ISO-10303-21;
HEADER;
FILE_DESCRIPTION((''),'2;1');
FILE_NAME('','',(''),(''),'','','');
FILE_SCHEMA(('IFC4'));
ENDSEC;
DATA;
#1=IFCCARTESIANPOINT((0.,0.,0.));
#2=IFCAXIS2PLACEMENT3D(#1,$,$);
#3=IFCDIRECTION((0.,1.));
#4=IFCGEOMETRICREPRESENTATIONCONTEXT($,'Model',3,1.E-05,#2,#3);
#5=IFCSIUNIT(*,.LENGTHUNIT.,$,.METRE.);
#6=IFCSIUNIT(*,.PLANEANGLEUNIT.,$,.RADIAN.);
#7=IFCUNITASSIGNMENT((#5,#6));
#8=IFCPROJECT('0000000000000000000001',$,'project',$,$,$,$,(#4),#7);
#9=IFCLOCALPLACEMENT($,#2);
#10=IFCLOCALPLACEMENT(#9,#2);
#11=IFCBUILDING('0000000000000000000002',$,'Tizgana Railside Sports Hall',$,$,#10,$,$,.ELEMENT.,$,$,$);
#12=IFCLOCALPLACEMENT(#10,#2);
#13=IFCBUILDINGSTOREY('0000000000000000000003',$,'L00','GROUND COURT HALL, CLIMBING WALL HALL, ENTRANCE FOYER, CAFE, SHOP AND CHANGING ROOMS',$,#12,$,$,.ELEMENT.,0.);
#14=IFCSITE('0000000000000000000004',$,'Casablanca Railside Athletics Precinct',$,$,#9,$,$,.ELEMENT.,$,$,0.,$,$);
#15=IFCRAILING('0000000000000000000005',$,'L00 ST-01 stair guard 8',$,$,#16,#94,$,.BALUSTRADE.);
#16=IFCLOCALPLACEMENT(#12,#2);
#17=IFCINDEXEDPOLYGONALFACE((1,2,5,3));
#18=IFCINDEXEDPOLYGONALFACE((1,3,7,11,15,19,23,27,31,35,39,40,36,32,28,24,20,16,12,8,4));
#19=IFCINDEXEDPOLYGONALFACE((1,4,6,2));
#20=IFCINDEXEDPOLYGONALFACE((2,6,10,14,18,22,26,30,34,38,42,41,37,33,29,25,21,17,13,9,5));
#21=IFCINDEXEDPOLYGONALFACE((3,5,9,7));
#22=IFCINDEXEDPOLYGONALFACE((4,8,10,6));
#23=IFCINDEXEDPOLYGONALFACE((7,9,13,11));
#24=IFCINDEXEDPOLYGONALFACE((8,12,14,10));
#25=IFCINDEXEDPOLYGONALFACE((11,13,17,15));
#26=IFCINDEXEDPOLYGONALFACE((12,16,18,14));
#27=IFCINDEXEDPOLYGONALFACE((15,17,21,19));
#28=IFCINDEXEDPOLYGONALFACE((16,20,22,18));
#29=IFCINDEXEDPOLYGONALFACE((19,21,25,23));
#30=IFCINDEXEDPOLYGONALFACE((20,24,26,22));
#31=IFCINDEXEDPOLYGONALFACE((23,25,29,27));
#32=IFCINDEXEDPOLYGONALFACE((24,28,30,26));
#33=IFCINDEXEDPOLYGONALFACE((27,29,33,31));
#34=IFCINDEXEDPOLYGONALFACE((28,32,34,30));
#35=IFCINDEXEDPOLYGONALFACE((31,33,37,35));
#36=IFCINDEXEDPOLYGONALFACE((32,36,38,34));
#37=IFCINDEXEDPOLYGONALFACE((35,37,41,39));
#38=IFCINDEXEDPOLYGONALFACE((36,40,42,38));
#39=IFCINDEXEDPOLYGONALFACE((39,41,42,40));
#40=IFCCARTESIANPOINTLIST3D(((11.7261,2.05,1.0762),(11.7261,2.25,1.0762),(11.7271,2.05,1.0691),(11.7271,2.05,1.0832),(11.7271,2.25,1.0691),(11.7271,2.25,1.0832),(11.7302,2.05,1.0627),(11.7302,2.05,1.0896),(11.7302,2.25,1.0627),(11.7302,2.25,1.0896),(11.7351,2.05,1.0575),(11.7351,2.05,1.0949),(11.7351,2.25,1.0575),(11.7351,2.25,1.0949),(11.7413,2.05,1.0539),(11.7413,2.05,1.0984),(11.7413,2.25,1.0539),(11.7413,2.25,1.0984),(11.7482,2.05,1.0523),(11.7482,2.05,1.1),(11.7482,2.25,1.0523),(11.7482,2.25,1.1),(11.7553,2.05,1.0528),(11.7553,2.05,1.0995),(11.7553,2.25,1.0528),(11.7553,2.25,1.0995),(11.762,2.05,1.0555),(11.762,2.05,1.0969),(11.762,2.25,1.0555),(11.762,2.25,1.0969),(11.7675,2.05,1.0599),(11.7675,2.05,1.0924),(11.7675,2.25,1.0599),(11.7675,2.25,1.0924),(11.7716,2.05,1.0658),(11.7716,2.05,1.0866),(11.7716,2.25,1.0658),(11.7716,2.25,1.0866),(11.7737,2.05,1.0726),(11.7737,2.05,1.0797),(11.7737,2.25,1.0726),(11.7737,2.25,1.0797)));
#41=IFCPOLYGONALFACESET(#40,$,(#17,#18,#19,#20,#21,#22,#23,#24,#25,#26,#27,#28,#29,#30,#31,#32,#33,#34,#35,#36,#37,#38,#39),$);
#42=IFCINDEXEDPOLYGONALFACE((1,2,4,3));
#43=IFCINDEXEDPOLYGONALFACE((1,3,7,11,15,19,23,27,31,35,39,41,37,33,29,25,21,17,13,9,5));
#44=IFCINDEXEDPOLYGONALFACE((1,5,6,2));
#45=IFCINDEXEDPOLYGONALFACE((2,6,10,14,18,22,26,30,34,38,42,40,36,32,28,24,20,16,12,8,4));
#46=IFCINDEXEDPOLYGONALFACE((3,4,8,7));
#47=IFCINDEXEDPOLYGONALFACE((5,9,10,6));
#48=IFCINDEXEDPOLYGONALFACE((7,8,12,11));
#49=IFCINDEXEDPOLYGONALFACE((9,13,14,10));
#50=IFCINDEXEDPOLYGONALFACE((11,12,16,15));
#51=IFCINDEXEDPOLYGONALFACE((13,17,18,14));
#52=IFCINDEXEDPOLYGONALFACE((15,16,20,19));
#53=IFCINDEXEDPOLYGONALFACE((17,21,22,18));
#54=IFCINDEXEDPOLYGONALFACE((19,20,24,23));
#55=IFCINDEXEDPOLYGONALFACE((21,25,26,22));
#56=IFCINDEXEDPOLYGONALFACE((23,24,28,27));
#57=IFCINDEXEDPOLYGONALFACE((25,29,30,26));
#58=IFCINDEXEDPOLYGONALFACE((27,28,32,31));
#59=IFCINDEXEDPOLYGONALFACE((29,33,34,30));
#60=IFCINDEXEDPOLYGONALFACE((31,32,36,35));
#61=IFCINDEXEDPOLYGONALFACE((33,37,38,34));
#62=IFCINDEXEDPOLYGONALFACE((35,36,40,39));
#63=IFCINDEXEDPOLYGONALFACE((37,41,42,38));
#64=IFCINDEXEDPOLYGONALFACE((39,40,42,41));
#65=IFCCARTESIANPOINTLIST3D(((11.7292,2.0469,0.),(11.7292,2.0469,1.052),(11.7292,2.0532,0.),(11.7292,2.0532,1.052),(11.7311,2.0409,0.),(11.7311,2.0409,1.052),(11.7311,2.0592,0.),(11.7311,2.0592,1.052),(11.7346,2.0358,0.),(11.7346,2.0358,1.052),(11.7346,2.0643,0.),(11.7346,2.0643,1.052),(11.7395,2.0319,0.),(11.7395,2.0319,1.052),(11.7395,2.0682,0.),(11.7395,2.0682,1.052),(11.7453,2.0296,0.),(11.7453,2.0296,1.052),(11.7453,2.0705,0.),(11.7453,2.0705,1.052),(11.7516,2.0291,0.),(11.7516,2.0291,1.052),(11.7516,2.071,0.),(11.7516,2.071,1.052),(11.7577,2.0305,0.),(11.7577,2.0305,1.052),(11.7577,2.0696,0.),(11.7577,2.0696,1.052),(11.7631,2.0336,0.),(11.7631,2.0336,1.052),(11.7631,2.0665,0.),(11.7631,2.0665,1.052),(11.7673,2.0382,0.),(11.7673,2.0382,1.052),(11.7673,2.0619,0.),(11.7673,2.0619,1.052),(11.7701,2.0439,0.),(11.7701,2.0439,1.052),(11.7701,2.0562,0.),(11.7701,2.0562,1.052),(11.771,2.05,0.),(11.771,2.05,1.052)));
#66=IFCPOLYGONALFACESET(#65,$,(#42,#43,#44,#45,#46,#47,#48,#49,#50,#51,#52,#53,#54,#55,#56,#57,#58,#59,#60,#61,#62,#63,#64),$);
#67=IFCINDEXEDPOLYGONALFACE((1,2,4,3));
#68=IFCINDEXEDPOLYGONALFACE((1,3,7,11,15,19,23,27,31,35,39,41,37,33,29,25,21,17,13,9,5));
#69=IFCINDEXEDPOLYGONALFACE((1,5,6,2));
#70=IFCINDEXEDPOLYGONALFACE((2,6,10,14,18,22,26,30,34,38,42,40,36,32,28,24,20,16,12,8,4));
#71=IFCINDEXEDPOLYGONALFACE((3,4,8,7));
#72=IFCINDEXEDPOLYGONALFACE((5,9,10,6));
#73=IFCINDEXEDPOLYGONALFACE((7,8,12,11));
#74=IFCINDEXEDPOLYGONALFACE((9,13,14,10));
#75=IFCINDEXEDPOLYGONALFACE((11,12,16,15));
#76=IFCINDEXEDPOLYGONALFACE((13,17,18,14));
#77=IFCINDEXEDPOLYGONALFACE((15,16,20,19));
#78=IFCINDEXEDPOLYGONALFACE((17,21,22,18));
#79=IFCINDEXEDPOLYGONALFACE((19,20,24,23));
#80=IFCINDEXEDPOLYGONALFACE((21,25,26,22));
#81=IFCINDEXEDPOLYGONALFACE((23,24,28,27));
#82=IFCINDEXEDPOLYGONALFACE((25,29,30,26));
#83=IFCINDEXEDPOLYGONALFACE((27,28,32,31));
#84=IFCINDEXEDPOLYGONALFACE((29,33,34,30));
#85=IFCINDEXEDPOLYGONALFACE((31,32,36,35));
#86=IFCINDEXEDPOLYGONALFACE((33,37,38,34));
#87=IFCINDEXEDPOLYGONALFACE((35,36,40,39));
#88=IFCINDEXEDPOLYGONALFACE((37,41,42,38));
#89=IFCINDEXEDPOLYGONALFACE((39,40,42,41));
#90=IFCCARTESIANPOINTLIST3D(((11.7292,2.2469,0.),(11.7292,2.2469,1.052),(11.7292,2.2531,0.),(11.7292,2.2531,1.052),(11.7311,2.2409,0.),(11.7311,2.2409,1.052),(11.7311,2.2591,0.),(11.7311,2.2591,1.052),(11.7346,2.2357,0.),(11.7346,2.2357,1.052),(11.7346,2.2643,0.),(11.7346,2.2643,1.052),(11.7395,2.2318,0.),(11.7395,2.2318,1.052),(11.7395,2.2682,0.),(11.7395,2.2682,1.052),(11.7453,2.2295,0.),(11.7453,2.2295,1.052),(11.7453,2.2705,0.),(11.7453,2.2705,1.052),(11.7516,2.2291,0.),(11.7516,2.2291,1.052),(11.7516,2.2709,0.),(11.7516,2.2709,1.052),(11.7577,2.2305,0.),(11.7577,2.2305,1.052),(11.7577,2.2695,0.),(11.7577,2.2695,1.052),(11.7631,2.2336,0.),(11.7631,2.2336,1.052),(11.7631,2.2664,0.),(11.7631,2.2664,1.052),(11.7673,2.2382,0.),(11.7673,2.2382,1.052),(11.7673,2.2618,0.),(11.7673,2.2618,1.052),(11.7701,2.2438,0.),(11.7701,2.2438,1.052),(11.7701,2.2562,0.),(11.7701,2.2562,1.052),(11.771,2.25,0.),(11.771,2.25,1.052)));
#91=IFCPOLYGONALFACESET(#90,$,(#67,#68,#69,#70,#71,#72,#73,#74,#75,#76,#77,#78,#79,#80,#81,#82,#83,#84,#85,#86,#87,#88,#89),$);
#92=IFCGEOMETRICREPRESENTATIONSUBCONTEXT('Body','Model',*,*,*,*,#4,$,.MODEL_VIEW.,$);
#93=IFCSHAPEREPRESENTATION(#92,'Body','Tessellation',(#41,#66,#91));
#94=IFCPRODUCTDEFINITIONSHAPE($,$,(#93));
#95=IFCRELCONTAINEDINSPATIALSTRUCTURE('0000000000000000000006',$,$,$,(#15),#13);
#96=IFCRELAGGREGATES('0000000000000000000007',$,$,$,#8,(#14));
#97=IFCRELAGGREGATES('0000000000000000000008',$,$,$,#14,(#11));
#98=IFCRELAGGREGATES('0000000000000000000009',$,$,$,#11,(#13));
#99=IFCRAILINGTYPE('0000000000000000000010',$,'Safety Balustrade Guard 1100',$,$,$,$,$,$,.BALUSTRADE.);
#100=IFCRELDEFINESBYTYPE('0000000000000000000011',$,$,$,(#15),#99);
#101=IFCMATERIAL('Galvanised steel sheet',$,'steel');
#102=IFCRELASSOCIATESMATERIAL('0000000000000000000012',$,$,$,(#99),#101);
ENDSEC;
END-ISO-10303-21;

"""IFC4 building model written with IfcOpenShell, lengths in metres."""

from ifc_helpers import new_model, si_unit, direction, frame, origin, origin_2d, place, context, subcontext, project, spatial, circle, extrude, material, type_object, element, save


model = new_model("IFC4")

# Units and contexts
model_context = context("Model", 3, precision=1e-05, world=origin(), true_north=direction((0.0, 1.0)))
body_context = subcontext(model_context, "Body", "Model", "MODEL_VIEW")
ifc_project = project(units=[si_unit("LENGTHUNIT", "METRE"), si_unit("PLANEANGLEUNIT", "RADIAN")], contexts=[model_context])

# Site, building, storey
site_placement = place(None, origin())
site = spatial("IfcSite", under=ifc_project, at=site_placement, Name="Casablanca Railside Athletics Precinct", CompositionType="ELEMENT", RefElevation=0.0)
building_placement = place(site_placement, origin())
building = spatial("IfcBuilding", under=site, at=building_placement, Name="Tizgana Railside Sports Hall", CompositionType="ELEMENT")
storey_placement = place(building_placement, origin())
storey = spatial("IfcBuildingStorey", under=building, at=storey_placement, Name="L00", Description="GROUND COURT HALL, CLIMBING WALL HALL, ENTRANCE FOYER, CAFE, SHOP AND CHANGING ROOMS", CompositionType="ELEMENT", Elevation=0.0)

# Railing
ifc_material_1 = material(Name="Galvanised steel sheet", Category="steel")
railing_type_1 = type_object("IfcRailingType", Name="Safety Balustrade Guard 1100", PredefinedType="BALUSTRADE", material=ifc_material_1)
railing_1_placement = place(storey_placement, frame((11.75, 2.05, 0.0)))
element("IfcRailing", 1, at=railing_1_placement, inside=storey, type_object=railing_type_1, Name="L00 ST-01 stair guard 8", PredefinedType="BALUSTRADE", context=body_context, shape_type="SweptSolid", body=[
    extrude(circle(Radius=0.0239, at=origin_2d()), frame((0.0, 0.0, 1.0762), z_axis=(0.0, 1.0, 0.0), x_axis=(-1.0, 0.0, 0.0)), (0.0, 0.0, 1.0), 0.2),
    extrude(circle(Radius=0.021, at=origin_2d()), origin(), (0.0, 0.0, 1.0), 1.052),
    extrude(circle(Radius=0.021, at=origin_2d()), frame((0.0, 0.2, 0.0)), (0.0, 0.0, 1.0), 1.052),
])

save(model, "model.ifc")
